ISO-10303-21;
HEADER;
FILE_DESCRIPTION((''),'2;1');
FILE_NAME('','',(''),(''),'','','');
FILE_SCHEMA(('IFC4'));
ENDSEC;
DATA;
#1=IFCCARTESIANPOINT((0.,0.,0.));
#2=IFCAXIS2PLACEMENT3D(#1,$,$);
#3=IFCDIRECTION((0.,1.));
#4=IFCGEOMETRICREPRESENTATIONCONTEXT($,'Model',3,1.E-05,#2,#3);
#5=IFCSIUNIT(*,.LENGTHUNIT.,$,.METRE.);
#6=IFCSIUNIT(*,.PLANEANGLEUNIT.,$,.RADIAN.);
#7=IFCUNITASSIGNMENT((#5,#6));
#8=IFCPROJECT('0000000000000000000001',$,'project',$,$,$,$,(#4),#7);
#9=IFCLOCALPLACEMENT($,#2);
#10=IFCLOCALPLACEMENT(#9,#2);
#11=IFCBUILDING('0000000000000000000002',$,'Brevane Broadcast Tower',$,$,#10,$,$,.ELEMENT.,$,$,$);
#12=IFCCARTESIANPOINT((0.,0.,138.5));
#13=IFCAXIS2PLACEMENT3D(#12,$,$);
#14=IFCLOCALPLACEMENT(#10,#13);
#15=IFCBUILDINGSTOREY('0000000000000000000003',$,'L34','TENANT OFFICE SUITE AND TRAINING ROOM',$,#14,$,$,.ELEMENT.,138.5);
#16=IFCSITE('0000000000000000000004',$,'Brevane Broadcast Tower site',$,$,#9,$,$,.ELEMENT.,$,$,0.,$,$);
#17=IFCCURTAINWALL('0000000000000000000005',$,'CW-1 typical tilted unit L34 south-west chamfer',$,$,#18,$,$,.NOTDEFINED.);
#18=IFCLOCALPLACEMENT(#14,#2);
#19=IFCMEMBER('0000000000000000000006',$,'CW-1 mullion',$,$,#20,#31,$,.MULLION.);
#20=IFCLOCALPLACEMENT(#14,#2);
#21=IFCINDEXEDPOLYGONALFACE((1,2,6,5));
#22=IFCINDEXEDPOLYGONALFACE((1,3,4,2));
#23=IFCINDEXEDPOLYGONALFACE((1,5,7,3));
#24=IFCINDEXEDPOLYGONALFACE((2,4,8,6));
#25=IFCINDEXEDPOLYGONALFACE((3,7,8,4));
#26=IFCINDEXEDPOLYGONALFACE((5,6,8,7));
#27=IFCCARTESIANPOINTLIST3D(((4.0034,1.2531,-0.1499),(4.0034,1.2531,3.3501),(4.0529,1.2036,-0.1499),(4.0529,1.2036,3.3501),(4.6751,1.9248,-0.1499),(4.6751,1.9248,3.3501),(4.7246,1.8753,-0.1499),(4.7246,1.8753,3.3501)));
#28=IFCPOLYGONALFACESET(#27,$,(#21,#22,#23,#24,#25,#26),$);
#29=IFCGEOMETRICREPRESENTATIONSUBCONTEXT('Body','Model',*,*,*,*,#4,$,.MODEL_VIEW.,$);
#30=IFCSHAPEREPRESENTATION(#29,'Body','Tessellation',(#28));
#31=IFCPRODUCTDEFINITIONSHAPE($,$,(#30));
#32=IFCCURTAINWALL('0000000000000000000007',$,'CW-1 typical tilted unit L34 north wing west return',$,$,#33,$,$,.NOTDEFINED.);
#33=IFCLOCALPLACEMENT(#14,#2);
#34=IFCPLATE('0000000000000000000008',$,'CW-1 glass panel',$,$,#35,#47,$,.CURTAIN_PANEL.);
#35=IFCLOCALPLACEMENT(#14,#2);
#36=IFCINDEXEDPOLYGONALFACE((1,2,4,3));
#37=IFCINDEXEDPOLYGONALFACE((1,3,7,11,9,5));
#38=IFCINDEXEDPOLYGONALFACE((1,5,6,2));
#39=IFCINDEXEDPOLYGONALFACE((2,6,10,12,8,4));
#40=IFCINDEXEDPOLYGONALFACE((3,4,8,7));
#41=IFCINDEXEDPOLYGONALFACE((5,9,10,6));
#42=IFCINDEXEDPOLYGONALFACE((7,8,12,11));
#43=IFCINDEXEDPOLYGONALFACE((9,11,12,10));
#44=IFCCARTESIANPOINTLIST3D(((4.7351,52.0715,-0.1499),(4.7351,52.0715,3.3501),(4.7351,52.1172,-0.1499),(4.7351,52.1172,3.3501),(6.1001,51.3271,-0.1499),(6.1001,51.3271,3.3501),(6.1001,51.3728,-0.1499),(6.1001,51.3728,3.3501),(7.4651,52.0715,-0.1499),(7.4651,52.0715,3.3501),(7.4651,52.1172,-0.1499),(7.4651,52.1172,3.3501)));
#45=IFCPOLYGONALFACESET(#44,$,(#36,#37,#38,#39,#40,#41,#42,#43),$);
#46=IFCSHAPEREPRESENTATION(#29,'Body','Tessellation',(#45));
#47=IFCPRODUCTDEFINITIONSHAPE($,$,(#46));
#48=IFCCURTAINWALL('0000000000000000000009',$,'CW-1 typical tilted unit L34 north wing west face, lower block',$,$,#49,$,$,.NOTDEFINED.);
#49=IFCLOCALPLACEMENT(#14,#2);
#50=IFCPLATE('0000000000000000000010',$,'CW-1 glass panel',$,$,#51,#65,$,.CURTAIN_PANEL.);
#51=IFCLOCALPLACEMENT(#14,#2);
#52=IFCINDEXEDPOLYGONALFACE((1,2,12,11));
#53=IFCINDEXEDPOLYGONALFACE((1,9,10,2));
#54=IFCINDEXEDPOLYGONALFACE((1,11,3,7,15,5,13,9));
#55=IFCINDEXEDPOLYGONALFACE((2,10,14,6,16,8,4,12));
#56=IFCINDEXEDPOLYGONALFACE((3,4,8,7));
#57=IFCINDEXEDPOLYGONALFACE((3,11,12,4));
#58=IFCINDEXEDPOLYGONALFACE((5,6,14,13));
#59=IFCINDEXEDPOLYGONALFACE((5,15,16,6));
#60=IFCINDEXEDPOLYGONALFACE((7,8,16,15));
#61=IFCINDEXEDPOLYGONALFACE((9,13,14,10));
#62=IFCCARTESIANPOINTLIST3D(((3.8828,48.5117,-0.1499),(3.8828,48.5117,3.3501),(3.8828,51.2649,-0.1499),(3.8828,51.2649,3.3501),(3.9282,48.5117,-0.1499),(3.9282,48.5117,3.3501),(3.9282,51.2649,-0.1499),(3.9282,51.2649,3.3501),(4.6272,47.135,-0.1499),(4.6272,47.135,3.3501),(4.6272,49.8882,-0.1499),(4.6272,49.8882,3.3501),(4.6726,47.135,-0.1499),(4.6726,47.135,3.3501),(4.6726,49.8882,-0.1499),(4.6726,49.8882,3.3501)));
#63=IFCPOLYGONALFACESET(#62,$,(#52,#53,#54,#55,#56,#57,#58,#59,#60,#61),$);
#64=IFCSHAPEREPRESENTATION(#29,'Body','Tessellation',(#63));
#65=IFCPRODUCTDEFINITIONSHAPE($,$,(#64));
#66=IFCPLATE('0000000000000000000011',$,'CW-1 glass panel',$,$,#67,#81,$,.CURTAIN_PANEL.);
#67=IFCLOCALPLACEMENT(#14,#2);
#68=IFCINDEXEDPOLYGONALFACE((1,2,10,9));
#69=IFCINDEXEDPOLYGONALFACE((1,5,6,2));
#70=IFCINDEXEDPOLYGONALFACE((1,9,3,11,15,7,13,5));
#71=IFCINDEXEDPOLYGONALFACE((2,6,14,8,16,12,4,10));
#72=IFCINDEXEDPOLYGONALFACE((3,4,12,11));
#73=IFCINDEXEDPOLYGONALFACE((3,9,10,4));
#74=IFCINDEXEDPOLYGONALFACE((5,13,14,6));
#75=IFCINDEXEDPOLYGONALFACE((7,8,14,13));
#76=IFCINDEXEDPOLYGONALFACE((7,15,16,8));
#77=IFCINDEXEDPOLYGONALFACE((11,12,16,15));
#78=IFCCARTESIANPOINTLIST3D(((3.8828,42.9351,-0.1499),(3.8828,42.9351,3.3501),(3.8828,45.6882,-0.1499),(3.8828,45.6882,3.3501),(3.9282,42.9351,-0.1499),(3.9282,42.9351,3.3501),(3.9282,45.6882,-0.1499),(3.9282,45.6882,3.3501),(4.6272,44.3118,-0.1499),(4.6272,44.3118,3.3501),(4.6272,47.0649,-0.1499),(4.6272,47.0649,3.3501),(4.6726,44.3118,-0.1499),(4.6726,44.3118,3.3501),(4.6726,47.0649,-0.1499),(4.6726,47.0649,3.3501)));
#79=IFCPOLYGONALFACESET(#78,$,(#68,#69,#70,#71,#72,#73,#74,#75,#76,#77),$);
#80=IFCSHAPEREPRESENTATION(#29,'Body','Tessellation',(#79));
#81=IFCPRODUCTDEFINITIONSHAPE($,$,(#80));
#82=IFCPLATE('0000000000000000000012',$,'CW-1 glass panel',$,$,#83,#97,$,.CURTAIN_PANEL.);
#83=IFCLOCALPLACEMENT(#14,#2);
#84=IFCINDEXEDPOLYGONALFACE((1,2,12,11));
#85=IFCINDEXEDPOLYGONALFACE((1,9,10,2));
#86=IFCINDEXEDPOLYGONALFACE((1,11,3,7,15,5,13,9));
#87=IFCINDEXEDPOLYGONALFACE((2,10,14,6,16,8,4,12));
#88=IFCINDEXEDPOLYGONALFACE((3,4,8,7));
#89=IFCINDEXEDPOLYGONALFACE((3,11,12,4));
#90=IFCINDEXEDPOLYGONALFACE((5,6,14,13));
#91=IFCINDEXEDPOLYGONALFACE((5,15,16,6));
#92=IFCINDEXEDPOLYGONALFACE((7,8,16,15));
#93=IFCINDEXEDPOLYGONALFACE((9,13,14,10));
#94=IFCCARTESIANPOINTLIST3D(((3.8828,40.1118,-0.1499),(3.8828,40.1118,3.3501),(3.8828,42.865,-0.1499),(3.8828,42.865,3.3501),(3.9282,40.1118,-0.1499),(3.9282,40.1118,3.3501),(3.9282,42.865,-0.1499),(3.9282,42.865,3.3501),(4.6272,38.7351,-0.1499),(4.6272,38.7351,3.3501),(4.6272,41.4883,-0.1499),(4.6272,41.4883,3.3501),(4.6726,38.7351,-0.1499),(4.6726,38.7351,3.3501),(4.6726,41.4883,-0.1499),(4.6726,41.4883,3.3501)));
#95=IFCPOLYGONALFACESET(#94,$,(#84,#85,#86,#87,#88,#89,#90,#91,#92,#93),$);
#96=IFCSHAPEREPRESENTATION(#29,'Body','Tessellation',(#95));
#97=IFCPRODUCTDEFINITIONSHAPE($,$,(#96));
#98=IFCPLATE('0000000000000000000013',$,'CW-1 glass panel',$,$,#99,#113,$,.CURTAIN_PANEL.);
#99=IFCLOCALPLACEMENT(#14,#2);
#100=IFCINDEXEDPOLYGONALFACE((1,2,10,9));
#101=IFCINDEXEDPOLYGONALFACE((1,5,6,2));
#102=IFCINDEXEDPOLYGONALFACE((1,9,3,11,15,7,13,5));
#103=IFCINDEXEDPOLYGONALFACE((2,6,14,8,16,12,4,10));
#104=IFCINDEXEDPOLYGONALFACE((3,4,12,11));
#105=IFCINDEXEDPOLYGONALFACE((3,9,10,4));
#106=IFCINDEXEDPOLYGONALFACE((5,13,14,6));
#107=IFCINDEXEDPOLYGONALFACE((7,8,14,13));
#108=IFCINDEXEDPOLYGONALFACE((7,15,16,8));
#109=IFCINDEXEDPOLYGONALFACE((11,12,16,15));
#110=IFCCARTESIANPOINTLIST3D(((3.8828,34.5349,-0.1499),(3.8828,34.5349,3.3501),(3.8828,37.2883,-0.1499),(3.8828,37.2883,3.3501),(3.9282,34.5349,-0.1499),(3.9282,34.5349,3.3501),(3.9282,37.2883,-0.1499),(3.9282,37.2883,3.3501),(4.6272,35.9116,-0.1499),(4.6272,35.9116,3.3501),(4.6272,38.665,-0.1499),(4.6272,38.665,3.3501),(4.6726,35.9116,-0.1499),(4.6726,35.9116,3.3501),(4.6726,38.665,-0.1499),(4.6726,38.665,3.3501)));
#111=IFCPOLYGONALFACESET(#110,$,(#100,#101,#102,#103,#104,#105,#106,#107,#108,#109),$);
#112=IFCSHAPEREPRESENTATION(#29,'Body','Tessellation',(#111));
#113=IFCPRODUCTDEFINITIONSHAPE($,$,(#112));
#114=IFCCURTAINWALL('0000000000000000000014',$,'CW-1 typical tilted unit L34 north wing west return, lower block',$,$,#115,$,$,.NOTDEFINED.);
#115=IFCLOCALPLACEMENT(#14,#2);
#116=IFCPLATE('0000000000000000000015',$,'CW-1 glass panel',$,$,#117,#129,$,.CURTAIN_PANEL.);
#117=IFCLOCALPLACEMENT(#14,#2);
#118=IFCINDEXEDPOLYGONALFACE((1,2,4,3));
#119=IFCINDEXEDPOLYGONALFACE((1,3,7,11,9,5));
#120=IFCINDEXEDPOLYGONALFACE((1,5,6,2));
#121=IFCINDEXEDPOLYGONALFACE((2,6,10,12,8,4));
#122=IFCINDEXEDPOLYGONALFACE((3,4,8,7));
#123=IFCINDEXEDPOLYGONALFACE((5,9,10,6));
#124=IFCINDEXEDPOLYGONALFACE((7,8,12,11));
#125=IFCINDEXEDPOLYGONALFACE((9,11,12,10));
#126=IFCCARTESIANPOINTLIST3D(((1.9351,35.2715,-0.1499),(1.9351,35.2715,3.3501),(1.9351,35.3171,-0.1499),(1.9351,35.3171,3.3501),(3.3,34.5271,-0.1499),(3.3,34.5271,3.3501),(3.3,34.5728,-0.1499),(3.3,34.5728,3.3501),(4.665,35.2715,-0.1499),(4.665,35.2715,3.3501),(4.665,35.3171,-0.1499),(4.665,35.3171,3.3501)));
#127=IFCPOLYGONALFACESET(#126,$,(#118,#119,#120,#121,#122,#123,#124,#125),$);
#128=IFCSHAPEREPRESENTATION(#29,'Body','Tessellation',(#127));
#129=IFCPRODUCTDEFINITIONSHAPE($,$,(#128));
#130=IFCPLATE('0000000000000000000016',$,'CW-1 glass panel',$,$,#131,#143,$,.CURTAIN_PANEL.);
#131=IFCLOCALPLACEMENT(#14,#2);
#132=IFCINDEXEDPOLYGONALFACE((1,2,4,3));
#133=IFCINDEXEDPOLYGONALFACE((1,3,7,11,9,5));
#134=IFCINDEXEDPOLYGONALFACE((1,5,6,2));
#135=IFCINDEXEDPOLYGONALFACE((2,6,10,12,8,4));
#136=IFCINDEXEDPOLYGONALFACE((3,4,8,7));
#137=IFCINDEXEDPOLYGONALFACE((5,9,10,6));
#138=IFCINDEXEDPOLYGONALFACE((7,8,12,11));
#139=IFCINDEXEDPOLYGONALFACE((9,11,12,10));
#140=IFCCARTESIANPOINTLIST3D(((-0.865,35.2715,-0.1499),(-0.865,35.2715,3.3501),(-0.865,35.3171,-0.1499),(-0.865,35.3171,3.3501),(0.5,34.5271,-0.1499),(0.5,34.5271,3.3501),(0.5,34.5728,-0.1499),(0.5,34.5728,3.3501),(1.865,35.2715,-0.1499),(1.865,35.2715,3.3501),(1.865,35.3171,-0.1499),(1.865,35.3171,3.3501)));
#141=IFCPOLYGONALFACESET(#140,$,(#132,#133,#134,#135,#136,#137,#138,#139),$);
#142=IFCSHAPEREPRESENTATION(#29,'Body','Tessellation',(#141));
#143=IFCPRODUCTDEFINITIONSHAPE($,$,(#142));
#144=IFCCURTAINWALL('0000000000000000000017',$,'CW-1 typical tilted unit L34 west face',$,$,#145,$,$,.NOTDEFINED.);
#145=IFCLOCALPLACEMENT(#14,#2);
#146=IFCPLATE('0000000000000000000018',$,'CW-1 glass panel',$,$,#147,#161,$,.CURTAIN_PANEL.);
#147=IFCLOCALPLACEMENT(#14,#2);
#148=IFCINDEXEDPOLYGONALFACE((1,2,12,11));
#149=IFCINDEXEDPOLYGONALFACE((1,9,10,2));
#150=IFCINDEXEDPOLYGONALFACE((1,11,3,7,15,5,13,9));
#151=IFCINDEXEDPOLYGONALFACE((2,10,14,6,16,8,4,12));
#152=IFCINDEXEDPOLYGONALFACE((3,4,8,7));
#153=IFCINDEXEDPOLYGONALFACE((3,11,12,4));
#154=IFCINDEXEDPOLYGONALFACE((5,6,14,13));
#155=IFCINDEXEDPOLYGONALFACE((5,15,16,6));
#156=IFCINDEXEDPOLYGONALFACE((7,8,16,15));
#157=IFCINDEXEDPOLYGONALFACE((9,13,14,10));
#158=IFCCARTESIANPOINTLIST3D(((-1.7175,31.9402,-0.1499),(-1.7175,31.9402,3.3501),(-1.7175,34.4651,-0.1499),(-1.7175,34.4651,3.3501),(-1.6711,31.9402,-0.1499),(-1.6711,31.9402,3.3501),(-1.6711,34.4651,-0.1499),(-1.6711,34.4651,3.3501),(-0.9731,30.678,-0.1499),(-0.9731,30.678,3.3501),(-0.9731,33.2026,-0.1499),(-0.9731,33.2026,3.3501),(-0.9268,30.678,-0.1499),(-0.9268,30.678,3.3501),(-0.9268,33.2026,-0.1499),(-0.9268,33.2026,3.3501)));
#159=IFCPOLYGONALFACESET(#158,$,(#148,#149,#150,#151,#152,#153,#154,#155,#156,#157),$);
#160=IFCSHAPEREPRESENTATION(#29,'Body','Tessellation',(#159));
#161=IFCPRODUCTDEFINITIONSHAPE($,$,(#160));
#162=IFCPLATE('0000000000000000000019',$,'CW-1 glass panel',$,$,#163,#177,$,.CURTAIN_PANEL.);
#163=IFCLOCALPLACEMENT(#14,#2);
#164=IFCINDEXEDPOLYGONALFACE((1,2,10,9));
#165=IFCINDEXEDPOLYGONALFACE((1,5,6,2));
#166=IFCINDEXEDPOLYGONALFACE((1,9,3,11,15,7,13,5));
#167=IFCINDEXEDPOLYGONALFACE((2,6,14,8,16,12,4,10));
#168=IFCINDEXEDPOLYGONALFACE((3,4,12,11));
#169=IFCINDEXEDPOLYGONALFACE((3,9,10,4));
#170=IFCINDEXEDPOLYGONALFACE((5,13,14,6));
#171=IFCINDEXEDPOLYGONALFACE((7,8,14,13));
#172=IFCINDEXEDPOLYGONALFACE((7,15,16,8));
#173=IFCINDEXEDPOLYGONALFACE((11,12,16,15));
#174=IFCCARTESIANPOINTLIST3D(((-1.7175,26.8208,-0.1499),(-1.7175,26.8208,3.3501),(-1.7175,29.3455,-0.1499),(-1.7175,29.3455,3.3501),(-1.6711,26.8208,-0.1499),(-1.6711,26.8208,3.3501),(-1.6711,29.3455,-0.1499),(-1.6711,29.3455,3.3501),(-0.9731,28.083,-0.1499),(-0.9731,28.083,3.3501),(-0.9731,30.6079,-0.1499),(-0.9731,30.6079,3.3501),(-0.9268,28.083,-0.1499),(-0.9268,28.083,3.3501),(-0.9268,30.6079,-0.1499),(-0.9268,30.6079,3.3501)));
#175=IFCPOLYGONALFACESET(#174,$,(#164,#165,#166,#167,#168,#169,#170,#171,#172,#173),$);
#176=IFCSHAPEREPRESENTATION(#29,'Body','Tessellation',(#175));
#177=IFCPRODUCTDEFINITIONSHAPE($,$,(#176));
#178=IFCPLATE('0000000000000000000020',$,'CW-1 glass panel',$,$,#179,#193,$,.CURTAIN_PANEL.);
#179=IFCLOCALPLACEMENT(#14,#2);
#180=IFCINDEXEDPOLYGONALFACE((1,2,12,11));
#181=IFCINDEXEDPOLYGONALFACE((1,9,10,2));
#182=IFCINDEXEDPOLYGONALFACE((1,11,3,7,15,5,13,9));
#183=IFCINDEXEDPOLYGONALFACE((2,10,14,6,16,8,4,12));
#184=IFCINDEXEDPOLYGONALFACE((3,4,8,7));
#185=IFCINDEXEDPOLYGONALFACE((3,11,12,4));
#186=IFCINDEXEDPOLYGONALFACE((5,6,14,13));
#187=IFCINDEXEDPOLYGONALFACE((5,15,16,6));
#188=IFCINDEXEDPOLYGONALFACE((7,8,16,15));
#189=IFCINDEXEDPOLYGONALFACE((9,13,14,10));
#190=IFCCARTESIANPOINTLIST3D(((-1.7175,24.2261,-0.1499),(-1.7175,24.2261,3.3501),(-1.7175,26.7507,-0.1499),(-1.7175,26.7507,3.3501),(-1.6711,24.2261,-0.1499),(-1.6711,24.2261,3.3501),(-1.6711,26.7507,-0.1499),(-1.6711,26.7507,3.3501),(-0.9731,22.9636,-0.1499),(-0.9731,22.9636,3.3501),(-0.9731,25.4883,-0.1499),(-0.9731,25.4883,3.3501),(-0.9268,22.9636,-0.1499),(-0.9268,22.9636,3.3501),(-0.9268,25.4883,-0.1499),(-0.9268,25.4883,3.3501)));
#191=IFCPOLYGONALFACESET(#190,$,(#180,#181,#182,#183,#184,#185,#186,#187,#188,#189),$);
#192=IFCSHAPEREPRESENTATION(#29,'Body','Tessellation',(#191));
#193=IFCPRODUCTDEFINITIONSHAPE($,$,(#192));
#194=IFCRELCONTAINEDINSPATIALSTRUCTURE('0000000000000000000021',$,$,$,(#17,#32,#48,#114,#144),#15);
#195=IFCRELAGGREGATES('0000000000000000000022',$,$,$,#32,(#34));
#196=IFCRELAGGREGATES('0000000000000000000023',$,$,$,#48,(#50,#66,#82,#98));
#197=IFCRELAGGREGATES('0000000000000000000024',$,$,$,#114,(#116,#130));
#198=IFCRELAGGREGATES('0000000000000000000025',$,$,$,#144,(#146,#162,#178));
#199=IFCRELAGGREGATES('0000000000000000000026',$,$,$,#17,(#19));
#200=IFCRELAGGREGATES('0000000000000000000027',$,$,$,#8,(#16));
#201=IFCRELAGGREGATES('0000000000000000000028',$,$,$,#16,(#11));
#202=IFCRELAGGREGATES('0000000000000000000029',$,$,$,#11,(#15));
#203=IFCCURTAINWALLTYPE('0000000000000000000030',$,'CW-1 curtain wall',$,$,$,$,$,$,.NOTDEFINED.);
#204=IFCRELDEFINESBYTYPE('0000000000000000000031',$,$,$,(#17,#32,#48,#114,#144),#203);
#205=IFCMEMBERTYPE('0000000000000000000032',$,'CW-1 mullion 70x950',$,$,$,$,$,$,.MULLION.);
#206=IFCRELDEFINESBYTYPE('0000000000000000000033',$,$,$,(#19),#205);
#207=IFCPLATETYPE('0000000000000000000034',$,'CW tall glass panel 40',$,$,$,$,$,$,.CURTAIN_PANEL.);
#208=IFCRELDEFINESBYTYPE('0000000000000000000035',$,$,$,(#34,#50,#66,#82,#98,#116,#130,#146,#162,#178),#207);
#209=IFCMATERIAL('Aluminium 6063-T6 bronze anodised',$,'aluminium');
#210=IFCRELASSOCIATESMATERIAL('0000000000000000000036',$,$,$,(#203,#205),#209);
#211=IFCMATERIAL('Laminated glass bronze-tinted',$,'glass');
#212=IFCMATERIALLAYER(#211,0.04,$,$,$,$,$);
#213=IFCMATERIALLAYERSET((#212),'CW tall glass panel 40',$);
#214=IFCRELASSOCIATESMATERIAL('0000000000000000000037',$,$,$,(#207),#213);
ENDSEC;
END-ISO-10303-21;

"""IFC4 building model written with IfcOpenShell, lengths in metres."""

from ifc_helpers import new_model, si_unit, direction, frame, origin, origin_2d, place, context, subcontext, project, spatial, polyline, rectangle, outline, extrude, material, layer, layer_set, material_profile, profile_set, type_object, element, aggregate, save


model = new_model("IFC4")

# Units and contexts
model_context = context("Model", 3, precision=1e-05, world=origin(), true_north=direction((0.0, 1.0)))
body_context = subcontext(model_context, "Body", "Model", "MODEL_VIEW")
ifc_project = project(units=[si_unit("LENGTHUNIT", "METRE"), si_unit("PLANEANGLEUNIT", "RADIAN")], contexts=[model_context])

# Site, building, storey
site_placement = place(None, origin())
site = spatial("IfcSite", under=ifc_project, at=site_placement, Name="Brevane Broadcast Tower site", CompositionType="ELEMENT", RefElevation=0.0)
building_placement = place(site_placement, origin())
building = spatial("IfcBuilding", under=site, at=building_placement, Name="Brevane Broadcast Tower", CompositionType="ELEMENT")
storey_placement = place(building_placement, frame((0.0, 0.0, 138.5)))
storey = spatial("IfcBuildingStorey", under=building, at=storey_placement, Name="L34", Description="TENANT OFFICE SUITE AND TRAINING ROOM", CompositionType="ELEMENT", Elevation=138.5)

# Curtain wall, member
ifc_material_1 = material(Name="Aluminium 6063-T6 bronze anodised", Category="aluminium")
curtain_wall_type = type_object("IfcCurtainWallType", Name="CW-1 curtain wall", PredefinedType="NOTDEFINED", material=ifc_material_1)
curtain_wall_1_placement = place(storey_placement, origin())
curtain_wall_1 = element("IfcCurtainWall", 1, at=curtain_wall_1_placement, inside=storey, type_object=curtain_wall_type, Name="CW-1 typical tilted unit L34 south-west chamfer", PredefinedType="NOTDEFINED")
ifc_material_profile = material_profile(ifc_material_1, rectangle(XDim=0.95, YDim=0.0701, at=origin_2d()), Name="RECT 70x950")
ifc_profile_set = profile_set([ifc_material_profile], Name="Aluminium 6063-T6 bronze anodised")
member_type = type_object("IfcMemberType", Name="CW-1 mullion 70x950", PredefinedType="MULLION", material=ifc_profile_set)
member_placement = place(storey_placement, frame((4.364, 1.5642, -0.1499), z_axis=(0.0, 0.0, 1.0), x_axis=(0.707107, 0.707107, 0.0)))
member = element("IfcMember", 2, at=member_placement, type_object=member_type, Name="CW-1 mullion", PredefinedType="MULLION", context=body_context, shape_type="SweptSolid", body=[
    extrude(rectangle(XDim=0.95, YDim=0.0701, at=origin_2d()), origin(), (0.0, 0.0, 1.0), 3.5),
])

# Curtain wall, plate
curtain_wall_2_placement = place(storey_placement, origin())
curtain_wall_2 = element("IfcCurtainWall", 3, at=curtain_wall_2_placement, inside=storey, type_object=curtain_wall_type, Name="CW-1 typical tilted unit L34 north wing west return", PredefinedType="NOTDEFINED")
ifc_material_2 = material(Name="Laminated glass bronze-tinted", Category="glass")
ifc_layer_1 = layer(ifc_material_2, 0.04)
ifc_layer_set_1 = layer_set([ifc_layer_1], Name="CW tall glass panel 40")
plate_type = type_object("IfcPlateType", Name="CW tall glass panel 40", PredefinedType="CURTAIN_PANEL", material=ifc_layer_set_1)
plate_1_placement = place(storey_placement, frame((0.0, 0.0, -0.1499)))
plate_1 = element("IfcPlate", 4, at=plate_1_placement, type_object=plate_type, Name="CW-1 glass panel", PredefinedType="CURTAIN_PANEL", context=body_context, shape_type="SweptSolid", body=[
    extrude(outline(polyline([(7.4651, 52.0715), (7.4651, 52.1172), (6.1001, 51.3728), (4.7351, 52.1172), (4.7351, 52.0715), (6.1001, 51.3271), (7.4651, 52.0715)])), origin(), (0.0, 0.0, 1.0), 3.5),
])
aggregate(curtain_wall_2, [plate_1])

# Curtain walls, plates
curtain_wall_3_placement = place(storey_placement, origin())
curtain_wall_3 = element("IfcCurtainWall", 5, at=curtain_wall_3_placement, inside=storey, type_object=curtain_wall_type, Name="CW-1 typical tilted unit L34 north wing west face, lower block", PredefinedType="NOTDEFINED")
plate_2_placement = place(storey_placement, frame((0.0, 0.0, -0.1499)))
plate_2 = element("IfcPlate", 6, at=plate_2_placement, type_object=plate_type, Name="CW-1 glass panel", PredefinedType="CURTAIN_PANEL", context=body_context, shape_type="SweptSolid", body=[
    extrude(outline(polyline([(3.9282, 51.2649), (3.8828, 51.2649), (4.6272, 49.8882), (3.8828, 48.5117), (4.6272, 47.135), (4.6726, 47.135), (3.9282, 48.5117), (4.6726, 49.8882), (3.9282, 51.2649)])), origin(), (0.0, 0.0, 1.0), 3.5),
])
plate_3_placement = place(storey_placement, frame((0.0, 0.0, -0.1499)))
plate_3 = element("IfcPlate", 7, at=plate_3_placement, type_object=plate_type, Name="CW-1 glass panel", PredefinedType="CURTAIN_PANEL", context=body_context, shape_type="SweptSolid", body=[
    extrude(outline(polyline([(4.6726, 47.0649), (4.6272, 47.0649), (3.8828, 45.6882), (4.6272, 44.3118), (3.8828, 42.9351), (3.9282, 42.9351), (4.6726, 44.3118), (3.9282, 45.6882), (4.6726, 47.0649)])), origin(), (0.0, 0.0, 1.0), 3.5),
])
plate_4_placement = place(storey_placement, frame((0.0, 0.0, -0.1499)))
plate_4 = element("IfcPlate", 8, at=plate_4_placement, type_object=plate_type, Name="CW-1 glass panel", PredefinedType="CURTAIN_PANEL", context=body_context, shape_type="SweptSolid", body=[
    extrude(outline(polyline([(3.9282, 42.865), (3.8828, 42.865), (4.6272, 41.4883), (3.8828, 40.1118), (4.6272, 38.7351), (4.6726, 38.7351), (3.9282, 40.1118), (4.6726, 41.4883), (3.9282, 42.865)])), origin(), (0.0, 0.0, 1.0), 3.5),
])
plate_5_placement = place(storey_placement, frame((0.0, 0.0, -0.1499)))
plate_5 = element("IfcPlate", 9, at=plate_5_placement, type_object=plate_type, Name="CW-1 glass panel", PredefinedType="CURTAIN_PANEL", context=body_context, shape_type="SweptSolid", body=[
    extrude(outline(polyline([(4.6726, 38.665), (4.6272, 38.665), (3.8828, 37.2883), (4.6272, 35.9116), (3.8828, 34.5349), (3.9282, 34.5349), (4.6726, 35.9116), (3.9282, 37.2883), (4.6726, 38.665)])), origin(), (0.0, 0.0, 1.0), 3.5),
])
aggregate(curtain_wall_3, [plate_2, plate_3, plate_4, plate_5])
curtain_wall_4_placement = place(storey_placement, origin())
curtain_wall_4 = element("IfcCurtainWall", 10, at=curtain_wall_4_placement, inside=storey, type_object=curtain_wall_type, Name="CW-1 typical tilted unit L34 north wing west return, lower block", PredefinedType="NOTDEFINED")
plate_6_placement = place(storey_placement, frame((0.0, 0.0, -0.1499)))
plate_6 = element("IfcPlate", 11, at=plate_6_placement, type_object=plate_type, Name="CW-1 glass panel", PredefinedType="CURTAIN_PANEL", context=body_context, shape_type="SweptSolid", body=[
    extrude(outline(polyline([(4.665, 35.2715), (4.665, 35.3171), (3.3, 34.5728), (1.9351, 35.3171), (1.9351, 35.2715), (3.3, 34.5271), (4.665, 35.2715)])), origin(), (0.0, 0.0, 1.0), 3.5),
])
plate_7_placement = place(storey_placement, frame((0.0, 0.0, -0.1499)))
plate_7 = element("IfcPlate", 12, at=plate_7_placement, type_object=plate_type, Name="CW-1 glass panel", PredefinedType="CURTAIN_PANEL", context=body_context, shape_type="SweptSolid", body=[
    extrude(outline(polyline([(1.865, 35.2715), (1.865, 35.3171), (0.5, 34.5728), (-0.865, 35.3171), (-0.865, 35.2715), (0.5, 34.5271), (1.865, 35.2715)])), origin(), (0.0, 0.0, 1.0), 3.5),
])
aggregate(curtain_wall_4, [plate_6, plate_7])
curtain_wall_5_placement = place(storey_placement, origin())
curtain_wall_5 = element("IfcCurtainWall", 13, at=curtain_wall_5_placement, inside=storey, type_object=curtain_wall_type, Name="CW-1 typical tilted unit L34 west face", PredefinedType="NOTDEFINED")
plate_8_placement = place(storey_placement, frame((0.0, 0.0, -0.1499)))
plate_8 = element("IfcPlate", 14, at=plate_8_placement, type_object=plate_type, Name="CW-1 glass panel", PredefinedType="CURTAIN_PANEL", context=body_context, shape_type="SweptSolid", body=[
    extrude(outline(polyline([(-1.6711, 34.4651), (-1.7175, 34.4651), (-0.9731, 33.2026), (-1.7175, 31.9402), (-0.9731, 30.678), (-0.9268, 30.678), (-1.6711, 31.9402), (-0.9268, 33.2026), (-1.6711, 34.4651)])), origin(), (0.0, 0.0, 1.0), 3.5),
])
plate_9_placement = place(storey_placement, frame((0.0, 0.0, -0.1499)))
plate_9 = element("IfcPlate", 15, at=plate_9_placement, type_object=plate_type, Name="CW-1 glass panel", PredefinedType="CURTAIN_PANEL", context=body_context, shape_type="SweptSolid", body=[
    extrude(outline(polyline([(-0.9268, 30.6079), (-0.9731, 30.6079), (-1.7175, 29.3455), (-0.9731, 28.083), (-1.7175, 26.8208), (-1.6711, 26.8208), (-0.9268, 28.083), (-1.6711, 29.3455), (-0.9268, 30.6079)])), origin(), (0.0, 0.0, 1.0), 3.5),
])
plate_10_placement = place(storey_placement, frame((0.0, 0.0, -0.1499)))
plate_10 = element("IfcPlate", 16, at=plate_10_placement, type_object=plate_type, Name="CW-1 glass panel", PredefinedType="CURTAIN_PANEL", context=body_context, shape_type="SweptSolid", body=[
    extrude(outline(polyline([(-1.6711, 26.7507), (-1.7175, 26.7507), (-0.9731, 25.4883), (-1.7175, 24.2261), (-0.9731, 22.9636), (-0.9268, 22.9636), (-1.6711, 24.2261), (-0.9268, 25.4883), (-1.6711, 26.7507)])), origin(), (0.0, 0.0, 1.0), 3.5),
])
aggregate(curtain_wall_5, [plate_8, plate_9, plate_10])

aggregate(curtain_wall_1, [member])

save(model, "model.ifc")
